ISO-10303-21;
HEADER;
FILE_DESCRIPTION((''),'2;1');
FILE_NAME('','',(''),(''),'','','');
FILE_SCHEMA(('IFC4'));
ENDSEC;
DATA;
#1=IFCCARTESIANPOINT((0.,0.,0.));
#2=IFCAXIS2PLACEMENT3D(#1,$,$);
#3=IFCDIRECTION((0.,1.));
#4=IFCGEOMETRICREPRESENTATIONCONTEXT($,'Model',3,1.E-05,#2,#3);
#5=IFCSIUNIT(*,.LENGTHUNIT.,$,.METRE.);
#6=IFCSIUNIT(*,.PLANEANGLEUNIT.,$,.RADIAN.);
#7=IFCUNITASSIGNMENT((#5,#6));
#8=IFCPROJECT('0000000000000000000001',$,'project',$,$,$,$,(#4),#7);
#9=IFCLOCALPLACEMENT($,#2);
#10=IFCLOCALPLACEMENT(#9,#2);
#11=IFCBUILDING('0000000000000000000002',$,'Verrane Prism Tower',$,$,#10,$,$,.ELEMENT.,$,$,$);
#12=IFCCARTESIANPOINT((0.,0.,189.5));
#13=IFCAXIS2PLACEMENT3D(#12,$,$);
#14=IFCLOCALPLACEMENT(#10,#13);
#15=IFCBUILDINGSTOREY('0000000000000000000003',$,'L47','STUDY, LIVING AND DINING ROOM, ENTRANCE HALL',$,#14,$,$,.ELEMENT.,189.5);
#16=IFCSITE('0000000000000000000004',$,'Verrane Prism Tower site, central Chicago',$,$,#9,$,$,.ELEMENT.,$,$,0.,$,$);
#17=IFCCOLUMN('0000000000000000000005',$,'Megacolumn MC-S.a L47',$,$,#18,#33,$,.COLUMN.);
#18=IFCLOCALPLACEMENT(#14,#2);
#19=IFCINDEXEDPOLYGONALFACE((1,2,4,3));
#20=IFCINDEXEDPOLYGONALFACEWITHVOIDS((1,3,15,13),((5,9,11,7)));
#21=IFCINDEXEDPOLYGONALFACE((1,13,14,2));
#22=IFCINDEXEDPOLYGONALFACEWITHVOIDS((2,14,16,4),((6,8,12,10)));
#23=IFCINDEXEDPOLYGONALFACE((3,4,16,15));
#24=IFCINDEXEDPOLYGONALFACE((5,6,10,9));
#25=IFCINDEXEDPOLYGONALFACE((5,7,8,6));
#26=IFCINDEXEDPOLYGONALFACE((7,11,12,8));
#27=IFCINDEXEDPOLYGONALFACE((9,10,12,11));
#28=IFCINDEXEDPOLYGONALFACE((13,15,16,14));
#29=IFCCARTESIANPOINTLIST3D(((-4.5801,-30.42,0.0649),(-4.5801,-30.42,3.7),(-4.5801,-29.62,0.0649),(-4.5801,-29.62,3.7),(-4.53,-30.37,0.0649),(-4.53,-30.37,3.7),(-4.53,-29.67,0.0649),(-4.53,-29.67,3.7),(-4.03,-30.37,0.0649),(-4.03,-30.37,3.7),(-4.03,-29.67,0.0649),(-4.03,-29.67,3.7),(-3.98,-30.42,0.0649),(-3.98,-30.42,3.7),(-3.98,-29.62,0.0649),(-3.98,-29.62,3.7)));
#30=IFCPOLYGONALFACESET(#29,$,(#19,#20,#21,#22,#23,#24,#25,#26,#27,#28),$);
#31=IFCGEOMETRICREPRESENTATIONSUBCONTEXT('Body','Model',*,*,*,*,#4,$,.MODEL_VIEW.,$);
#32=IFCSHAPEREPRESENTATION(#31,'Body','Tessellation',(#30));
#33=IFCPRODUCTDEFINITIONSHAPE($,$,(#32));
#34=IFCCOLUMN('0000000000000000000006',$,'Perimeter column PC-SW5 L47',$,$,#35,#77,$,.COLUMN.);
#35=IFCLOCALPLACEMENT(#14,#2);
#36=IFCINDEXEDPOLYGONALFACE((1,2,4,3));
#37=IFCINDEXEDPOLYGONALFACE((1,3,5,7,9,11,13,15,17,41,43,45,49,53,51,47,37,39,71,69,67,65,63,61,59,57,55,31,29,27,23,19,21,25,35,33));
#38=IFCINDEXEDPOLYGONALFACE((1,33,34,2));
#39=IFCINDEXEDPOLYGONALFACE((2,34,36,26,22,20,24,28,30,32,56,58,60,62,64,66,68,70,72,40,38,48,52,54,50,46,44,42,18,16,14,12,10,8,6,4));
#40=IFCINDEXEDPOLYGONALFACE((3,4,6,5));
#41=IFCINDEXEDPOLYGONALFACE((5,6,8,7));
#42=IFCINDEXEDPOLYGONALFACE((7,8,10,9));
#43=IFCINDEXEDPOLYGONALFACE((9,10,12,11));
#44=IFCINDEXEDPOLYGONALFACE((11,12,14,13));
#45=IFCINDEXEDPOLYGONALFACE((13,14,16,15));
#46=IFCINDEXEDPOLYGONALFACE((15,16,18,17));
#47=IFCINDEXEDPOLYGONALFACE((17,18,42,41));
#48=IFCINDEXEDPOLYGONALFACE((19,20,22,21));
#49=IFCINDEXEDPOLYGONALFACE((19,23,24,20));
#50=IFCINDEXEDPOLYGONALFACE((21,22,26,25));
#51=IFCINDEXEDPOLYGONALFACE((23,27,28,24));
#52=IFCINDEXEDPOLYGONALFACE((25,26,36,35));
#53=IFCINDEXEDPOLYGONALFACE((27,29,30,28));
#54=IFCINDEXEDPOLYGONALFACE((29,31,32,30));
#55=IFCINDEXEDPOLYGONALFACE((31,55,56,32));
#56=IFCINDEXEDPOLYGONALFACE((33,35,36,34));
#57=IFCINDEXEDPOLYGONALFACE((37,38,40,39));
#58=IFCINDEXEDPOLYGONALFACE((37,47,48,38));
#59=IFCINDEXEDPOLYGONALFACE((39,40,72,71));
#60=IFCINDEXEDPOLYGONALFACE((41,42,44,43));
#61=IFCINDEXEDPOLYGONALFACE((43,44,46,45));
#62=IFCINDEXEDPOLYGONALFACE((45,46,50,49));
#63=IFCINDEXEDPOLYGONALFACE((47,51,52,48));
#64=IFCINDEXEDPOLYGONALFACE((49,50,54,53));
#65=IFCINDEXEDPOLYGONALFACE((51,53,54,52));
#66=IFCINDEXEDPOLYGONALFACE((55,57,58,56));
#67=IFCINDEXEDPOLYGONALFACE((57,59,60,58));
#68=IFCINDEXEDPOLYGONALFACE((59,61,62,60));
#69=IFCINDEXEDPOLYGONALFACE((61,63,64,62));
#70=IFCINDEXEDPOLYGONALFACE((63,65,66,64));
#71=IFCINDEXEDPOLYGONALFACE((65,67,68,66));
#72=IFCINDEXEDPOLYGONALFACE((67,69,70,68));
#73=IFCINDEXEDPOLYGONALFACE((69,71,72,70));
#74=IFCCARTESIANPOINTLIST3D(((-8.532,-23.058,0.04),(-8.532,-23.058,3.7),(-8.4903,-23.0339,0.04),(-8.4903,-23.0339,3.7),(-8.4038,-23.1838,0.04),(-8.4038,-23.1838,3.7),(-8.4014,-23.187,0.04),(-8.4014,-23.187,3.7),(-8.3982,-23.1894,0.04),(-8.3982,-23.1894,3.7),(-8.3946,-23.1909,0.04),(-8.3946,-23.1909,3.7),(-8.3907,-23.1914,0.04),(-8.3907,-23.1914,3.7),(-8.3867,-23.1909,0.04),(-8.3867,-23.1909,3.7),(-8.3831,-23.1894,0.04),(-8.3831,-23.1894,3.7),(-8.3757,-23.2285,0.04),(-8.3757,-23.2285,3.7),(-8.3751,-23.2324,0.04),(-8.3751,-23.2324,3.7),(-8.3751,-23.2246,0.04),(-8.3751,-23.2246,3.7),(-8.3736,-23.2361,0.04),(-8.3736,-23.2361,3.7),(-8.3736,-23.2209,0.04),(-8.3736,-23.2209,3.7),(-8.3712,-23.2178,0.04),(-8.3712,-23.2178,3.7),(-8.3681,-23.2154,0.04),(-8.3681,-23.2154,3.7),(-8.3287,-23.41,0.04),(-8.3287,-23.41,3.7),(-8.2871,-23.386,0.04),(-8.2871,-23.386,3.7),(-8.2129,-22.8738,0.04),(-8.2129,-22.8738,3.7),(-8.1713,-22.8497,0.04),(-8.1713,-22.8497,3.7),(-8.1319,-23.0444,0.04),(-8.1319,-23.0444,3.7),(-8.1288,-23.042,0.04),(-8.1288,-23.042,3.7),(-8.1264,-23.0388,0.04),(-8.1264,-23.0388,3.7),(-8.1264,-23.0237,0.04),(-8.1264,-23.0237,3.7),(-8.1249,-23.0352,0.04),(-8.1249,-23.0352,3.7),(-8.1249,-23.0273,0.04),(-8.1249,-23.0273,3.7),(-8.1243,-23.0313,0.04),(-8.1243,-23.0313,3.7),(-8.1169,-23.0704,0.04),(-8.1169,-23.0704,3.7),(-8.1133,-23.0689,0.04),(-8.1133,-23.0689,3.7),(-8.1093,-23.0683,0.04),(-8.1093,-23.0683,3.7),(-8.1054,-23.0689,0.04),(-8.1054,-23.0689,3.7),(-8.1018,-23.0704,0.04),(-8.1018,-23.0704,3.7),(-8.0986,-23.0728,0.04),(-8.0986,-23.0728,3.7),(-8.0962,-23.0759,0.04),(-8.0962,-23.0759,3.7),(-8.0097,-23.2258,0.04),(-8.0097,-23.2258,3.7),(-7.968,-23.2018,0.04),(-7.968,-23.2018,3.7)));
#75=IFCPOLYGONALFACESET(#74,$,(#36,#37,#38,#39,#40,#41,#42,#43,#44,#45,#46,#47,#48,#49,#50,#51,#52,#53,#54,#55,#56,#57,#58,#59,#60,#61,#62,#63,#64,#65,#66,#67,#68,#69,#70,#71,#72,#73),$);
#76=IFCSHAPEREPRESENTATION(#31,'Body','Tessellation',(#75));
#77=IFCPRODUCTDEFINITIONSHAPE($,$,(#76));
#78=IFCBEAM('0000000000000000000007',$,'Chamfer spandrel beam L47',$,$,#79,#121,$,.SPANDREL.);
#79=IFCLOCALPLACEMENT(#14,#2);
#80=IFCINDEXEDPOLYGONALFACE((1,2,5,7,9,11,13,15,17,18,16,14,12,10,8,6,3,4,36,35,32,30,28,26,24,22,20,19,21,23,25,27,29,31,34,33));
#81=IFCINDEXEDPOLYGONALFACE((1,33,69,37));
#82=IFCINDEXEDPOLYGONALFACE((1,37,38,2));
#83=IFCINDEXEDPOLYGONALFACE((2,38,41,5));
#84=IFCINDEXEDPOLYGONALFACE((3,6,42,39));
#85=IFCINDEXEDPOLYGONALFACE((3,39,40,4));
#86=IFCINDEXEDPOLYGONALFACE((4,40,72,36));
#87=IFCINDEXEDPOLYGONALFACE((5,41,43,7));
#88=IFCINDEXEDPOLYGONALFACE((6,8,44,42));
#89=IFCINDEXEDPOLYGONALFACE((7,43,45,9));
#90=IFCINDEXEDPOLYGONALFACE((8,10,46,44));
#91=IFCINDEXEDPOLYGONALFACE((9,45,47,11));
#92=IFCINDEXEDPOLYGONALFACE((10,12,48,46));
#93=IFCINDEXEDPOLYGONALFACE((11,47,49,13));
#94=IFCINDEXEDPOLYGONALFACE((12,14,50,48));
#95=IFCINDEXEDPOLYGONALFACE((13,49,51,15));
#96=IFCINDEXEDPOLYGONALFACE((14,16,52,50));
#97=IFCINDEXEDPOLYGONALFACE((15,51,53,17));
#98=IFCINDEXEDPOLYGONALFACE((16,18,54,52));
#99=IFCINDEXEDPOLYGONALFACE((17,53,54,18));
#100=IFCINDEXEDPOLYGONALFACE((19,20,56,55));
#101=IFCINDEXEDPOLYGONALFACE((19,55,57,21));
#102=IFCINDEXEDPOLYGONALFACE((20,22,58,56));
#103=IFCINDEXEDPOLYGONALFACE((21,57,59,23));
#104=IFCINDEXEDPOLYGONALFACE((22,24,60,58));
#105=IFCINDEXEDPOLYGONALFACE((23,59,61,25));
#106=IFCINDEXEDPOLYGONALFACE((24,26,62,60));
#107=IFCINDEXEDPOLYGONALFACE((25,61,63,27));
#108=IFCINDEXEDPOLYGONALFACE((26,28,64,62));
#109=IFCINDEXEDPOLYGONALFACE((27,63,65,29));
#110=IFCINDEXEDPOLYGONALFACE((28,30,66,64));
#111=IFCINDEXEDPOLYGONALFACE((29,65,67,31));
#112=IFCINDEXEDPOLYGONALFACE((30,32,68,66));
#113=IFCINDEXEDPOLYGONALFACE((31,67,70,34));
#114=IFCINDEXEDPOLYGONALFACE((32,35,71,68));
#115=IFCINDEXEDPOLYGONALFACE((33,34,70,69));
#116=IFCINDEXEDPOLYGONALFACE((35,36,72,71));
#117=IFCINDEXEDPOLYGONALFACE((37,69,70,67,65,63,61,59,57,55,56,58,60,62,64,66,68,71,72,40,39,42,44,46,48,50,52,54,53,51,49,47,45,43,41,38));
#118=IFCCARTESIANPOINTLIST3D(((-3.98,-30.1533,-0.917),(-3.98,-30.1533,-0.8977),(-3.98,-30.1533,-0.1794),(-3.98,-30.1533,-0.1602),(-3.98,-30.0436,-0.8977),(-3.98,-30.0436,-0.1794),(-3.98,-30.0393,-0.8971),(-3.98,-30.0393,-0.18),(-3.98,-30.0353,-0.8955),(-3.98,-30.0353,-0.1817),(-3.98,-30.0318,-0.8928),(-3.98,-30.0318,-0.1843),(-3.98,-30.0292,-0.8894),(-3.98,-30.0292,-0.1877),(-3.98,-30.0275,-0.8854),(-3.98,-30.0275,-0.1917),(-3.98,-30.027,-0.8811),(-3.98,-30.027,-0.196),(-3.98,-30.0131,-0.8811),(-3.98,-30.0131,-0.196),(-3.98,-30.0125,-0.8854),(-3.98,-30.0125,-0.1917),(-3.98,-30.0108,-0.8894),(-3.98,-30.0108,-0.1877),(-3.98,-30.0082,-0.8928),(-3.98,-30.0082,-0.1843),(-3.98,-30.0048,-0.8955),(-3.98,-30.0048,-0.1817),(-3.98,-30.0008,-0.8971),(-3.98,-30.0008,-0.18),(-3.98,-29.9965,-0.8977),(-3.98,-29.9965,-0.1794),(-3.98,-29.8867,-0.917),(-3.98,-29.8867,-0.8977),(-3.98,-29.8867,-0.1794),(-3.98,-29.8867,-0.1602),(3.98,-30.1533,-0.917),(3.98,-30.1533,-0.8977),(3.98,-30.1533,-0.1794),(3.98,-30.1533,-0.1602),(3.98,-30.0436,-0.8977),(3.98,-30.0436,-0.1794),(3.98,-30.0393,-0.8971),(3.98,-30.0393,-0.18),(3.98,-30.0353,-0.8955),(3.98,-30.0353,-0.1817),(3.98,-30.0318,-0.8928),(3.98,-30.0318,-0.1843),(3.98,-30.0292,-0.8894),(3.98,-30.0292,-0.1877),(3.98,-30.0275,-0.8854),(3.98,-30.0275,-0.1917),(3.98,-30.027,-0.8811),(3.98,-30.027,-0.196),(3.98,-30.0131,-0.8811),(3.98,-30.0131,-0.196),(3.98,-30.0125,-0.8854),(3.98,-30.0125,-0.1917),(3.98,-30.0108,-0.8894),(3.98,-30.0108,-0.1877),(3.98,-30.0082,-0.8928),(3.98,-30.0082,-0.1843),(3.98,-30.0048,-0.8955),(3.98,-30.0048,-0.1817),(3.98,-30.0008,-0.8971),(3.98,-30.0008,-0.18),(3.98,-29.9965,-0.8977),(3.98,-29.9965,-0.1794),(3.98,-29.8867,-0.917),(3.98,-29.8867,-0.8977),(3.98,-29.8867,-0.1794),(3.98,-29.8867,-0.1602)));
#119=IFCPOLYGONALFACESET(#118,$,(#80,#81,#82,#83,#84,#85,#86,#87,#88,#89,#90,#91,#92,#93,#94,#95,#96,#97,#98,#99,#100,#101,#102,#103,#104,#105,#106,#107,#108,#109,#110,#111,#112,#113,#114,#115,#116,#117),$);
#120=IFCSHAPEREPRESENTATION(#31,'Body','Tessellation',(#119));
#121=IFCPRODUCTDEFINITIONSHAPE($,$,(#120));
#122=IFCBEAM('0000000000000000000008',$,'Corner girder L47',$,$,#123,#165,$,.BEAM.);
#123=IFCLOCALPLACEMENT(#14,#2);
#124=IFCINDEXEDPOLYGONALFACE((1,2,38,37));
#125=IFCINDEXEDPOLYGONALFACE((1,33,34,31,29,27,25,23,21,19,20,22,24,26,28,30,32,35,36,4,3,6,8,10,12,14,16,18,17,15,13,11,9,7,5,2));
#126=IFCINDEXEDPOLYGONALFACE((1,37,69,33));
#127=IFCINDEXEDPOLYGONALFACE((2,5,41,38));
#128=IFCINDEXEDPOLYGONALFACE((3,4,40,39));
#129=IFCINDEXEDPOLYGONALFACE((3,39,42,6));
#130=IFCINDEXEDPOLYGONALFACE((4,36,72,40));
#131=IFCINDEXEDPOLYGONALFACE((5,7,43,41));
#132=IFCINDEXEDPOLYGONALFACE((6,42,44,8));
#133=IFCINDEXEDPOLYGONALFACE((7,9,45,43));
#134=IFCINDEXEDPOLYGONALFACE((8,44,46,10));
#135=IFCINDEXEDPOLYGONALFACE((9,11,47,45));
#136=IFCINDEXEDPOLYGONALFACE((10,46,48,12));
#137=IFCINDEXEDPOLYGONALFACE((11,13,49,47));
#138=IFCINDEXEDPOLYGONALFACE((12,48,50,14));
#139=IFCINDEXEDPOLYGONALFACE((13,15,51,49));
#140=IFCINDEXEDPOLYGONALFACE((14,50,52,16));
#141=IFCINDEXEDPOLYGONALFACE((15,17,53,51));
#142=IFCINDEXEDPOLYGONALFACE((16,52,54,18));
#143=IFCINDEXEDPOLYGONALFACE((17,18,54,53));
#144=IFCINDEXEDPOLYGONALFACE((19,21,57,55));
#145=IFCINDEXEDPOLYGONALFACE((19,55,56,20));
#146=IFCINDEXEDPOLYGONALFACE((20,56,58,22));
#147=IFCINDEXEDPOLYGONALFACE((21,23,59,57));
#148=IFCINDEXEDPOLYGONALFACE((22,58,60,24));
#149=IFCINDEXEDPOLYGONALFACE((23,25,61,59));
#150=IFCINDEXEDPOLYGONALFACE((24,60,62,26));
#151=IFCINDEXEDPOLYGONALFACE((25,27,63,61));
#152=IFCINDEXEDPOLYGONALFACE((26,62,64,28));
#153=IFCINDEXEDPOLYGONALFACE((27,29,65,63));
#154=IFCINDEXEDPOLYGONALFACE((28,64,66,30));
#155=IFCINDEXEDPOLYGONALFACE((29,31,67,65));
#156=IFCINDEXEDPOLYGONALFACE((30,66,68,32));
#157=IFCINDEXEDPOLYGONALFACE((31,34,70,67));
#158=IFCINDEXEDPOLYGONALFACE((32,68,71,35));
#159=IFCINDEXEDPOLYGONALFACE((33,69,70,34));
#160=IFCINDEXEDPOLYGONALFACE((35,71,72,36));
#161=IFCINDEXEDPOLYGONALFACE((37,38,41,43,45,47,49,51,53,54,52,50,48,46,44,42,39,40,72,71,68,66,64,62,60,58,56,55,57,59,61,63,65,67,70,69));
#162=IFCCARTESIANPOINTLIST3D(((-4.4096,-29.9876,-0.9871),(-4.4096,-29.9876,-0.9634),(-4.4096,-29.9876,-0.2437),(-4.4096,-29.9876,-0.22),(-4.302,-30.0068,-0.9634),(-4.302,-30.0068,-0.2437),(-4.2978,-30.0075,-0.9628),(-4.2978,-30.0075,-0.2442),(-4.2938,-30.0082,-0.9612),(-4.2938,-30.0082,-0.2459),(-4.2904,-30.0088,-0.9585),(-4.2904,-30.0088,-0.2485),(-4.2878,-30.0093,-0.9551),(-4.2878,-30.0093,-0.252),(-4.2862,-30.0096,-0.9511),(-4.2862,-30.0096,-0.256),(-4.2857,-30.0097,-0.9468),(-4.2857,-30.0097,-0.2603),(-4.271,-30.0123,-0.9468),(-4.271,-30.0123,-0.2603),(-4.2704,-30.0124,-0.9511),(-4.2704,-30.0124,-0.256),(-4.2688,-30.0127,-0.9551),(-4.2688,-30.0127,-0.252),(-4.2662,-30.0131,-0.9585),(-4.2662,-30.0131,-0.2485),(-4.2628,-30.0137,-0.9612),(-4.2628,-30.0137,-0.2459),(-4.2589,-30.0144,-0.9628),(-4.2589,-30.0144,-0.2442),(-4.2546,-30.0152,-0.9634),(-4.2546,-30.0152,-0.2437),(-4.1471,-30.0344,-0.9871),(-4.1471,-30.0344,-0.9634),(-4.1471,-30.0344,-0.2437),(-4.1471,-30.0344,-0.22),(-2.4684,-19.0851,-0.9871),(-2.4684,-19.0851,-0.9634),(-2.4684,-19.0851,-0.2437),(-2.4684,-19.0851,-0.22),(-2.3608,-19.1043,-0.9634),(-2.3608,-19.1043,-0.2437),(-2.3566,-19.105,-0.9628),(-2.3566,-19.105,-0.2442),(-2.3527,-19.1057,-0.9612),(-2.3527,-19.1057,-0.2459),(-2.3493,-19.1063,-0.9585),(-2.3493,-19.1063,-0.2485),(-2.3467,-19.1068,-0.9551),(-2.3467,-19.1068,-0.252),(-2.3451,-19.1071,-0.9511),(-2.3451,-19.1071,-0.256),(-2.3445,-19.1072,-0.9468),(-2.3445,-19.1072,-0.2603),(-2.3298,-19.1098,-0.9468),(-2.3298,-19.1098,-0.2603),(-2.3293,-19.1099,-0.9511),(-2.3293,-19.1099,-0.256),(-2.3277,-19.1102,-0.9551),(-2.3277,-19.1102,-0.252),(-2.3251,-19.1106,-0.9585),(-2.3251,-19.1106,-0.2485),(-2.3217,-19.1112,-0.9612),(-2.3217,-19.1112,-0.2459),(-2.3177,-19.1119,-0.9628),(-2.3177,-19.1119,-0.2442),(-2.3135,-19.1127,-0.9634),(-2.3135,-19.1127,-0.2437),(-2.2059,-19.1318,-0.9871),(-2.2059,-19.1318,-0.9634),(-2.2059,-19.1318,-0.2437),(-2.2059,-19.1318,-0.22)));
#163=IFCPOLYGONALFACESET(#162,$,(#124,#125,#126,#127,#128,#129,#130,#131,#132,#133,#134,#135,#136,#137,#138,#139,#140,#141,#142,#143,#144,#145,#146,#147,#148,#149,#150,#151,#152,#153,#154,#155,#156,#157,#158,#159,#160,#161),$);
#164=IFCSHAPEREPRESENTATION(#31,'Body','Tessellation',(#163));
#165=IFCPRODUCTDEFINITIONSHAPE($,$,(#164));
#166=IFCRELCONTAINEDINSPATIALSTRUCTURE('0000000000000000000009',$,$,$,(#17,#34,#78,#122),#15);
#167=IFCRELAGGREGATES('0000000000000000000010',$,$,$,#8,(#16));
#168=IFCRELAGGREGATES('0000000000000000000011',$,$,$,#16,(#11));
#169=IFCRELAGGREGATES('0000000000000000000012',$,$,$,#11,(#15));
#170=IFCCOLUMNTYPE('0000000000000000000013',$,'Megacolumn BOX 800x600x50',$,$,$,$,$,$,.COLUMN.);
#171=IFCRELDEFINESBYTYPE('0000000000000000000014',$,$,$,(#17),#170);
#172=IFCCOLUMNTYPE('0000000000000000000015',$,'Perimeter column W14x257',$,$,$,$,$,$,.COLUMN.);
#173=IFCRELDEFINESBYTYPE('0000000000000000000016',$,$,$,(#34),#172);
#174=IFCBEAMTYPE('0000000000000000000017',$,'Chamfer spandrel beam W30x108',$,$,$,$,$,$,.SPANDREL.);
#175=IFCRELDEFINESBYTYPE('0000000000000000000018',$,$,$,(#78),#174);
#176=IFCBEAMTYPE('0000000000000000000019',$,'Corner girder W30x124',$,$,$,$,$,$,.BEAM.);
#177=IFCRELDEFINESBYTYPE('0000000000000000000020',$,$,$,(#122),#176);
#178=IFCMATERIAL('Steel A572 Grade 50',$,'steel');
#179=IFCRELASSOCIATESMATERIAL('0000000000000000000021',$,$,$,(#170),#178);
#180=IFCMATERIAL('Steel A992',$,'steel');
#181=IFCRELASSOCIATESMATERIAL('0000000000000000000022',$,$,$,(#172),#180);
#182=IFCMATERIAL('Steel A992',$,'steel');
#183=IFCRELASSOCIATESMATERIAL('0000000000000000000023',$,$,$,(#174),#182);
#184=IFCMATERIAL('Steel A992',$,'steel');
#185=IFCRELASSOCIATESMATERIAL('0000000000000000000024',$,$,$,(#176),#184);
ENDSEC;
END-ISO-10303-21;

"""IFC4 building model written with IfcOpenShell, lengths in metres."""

from ifc_helpers import new_model, si_unit, direction, frame, origin, origin_2d, place, context, subcontext, project, spatial, hollow_rectangle, i_section, extrude, material, material_profile, profile_set, type_object, element, save


model = new_model("IFC4")

# Units and contexts
model_context = context("Model", 3, precision=1e-05, world=origin(), true_north=direction((0.0, 1.0)))
body_context = subcontext(model_context, "Body", "Model", "MODEL_VIEW")
ifc_project = project(units=[si_unit("LENGTHUNIT", "METRE"), si_unit("PLANEANGLEUNIT", "RADIAN")], contexts=[model_context])

# Site, building, storey
site_placement = place(None, origin())
site = spatial("IfcSite", under=ifc_project, at=site_placement, Name="Verrane Prism Tower site, central Chicago", CompositionType="ELEMENT", RefElevation=0.0)
building_placement = place(site_placement, origin())
building = spatial("IfcBuilding", under=site, at=building_placement, Name="Verrane Prism Tower", CompositionType="ELEMENT")
storey_placement = place(building_placement, frame((0.0, 0.0, 189.5)))
storey = spatial("IfcBuildingStorey", under=building, at=storey_placement, Name="L47", Description="STUDY, LIVING AND DINING ROOM, ENTRANCE HALL", CompositionType="ELEMENT", Elevation=189.5)

# Columns
ifc_material_1 = material(Name="Steel A572 Grade 50", Category="steel")
ifc_material_profile_1 = material_profile(ifc_material_1, hollow_rectangle(XDim=0.6001, YDim=0.8, WallThickness=0.05, at=origin_2d()), Name="BOX 800x600x50")
ifc_profile_set_1 = profile_set([ifc_material_profile_1], Name="Steel A572 Grade 50")
column_type_1 = type_object("IfcColumnType", Name="Megacolumn BOX 800x600x50", PredefinedType="COLUMN", material=ifc_profile_set_1)
column_1_placement = place(storey_placement, frame((-4.28, -30.02, 0.0649), z_axis=(0.0, 0.0, 1.0), x_axis=(-1.0, 0.0, 0.0)))
element("IfcColumn", 1, at=column_1_placement, inside=storey, type_object=column_type_1, Name="Megacolumn MC-S.a L47", PredefinedType="COLUMN", context=body_context, shape_type="SweptSolid", body=[
    extrude(hollow_rectangle(XDim=0.6001, YDim=0.8, WallThickness=0.05, at=origin_2d()), origin(), (0.0, 0.0, 1.0), 3.635),
])
ifc_material_2 = material(Name="Steel A992", Category="steel")
ifc_material_profile_2 = material_profile(ifc_material_2, i_section(OverallWidth=0.4065, OverallDepth=0.4165, WebThickness=0.03, FlangeThickness=0.0481, FilletRadius=0.0151, at=origin_2d()), Name="W14x257")
ifc_profile_set_2 = profile_set([ifc_material_profile_2], Name="Steel A992")
column_type_2 = type_object("IfcColumnType", Name="Perimeter column W14x257", PredefinedType="COLUMN", material=ifc_profile_set_2)
column_2_placement = place(storey_placement, frame((-8.25, -23.1299, 0.04), z_axis=(0.0, 0.0, 1.0), x_axis=(-0.5, 0.866025, 0.0)))
element("IfcColumn", 2, at=column_2_placement, inside=storey, type_object=column_type_2, Name="Perimeter column PC-SW5 L47", PredefinedType="COLUMN", context=body_context, shape_type="SweptSolid", body=[
    extrude(i_section(OverallWidth=0.4065, OverallDepth=0.4165, WebThickness=0.03, FlangeThickness=0.0481, FilletRadius=0.0151, at=origin_2d()), origin(), (0.0, 0.0, 1.0), 3.6599),
])

# Beams
ifc_material_3 = material(Name="Steel A992", Category="steel")
ifc_material_profile_3 = material_profile(ifc_material_3, i_section(OverallWidth=0.2666, OverallDepth=0.7568, WebThickness=0.0139, FlangeThickness=0.0193, FilletRadius=0.0166, at=origin_2d()), Name="W30x108")
ifc_profile_set_3 = profile_set([ifc_material_profile_3], Name="Steel A992")
beam_type_1 = type_object("IfcBeamType", Name="Chamfer spandrel beam W30x108", PredefinedType="SPANDREL", material=ifc_profile_set_3)
beam_1_placement = place(storey_placement, frame((-3.98, -30.02, -0.5386), z_axis=(1.0, 0.0, 0.0), x_axis=(0.0, 1.0, 0.0)))
element("IfcBeam", 3, at=beam_1_placement, inside=storey, type_object=beam_type_1, Name="Chamfer spandrel beam L47", PredefinedType="SPANDREL", context=body_context, shape_type="SweptSolid", body=[
    extrude(i_section(OverallWidth=0.2666, OverallDepth=0.7568, WebThickness=0.0139, FlangeThickness=0.0193, FilletRadius=0.0166, at=origin_2d()), origin(), (0.0, 0.0, 1.0), 7.96),
])
ifc_material_4 = material(Name="Steel A992", Category="steel")
ifc_material_profile_4 = material_profile(ifc_material_4, i_section(OverallWidth=0.2666, OverallDepth=0.7671, WebThickness=0.0149, FlangeThickness=0.0237, FilletRadius=0.0166, at=origin_2d()), Name="W30x124")
ifc_profile_set_4 = profile_set([ifc_material_profile_4], Name="Steel A992")
beam_type_2 = type_object("IfcBeamType", Name="Corner girder W30x124", PredefinedType="BEAM", material=ifc_profile_set_4)
beam_2_placement = place(storey_placement, frame((-4.2783, -30.011, -0.6035), z_axis=(0.175289, 0.984517, 0.0), x_axis=(-0.984517, 0.175289, 0.0)))
element("IfcBeam", 4, at=beam_2_placement, inside=storey, type_object=beam_type_2, Name="Corner girder L47", PredefinedType="BEAM", context=body_context, shape_type="SweptSolid", body=[
    extrude(i_section(OverallWidth=0.2666, OverallDepth=0.7671, WebThickness=0.0149, FlangeThickness=0.0237, FilletRadius=0.0166, at=origin_2d()), origin(), (0.0, 0.0, 1.0), 11.074),
])

save(model, "model.ifc")
